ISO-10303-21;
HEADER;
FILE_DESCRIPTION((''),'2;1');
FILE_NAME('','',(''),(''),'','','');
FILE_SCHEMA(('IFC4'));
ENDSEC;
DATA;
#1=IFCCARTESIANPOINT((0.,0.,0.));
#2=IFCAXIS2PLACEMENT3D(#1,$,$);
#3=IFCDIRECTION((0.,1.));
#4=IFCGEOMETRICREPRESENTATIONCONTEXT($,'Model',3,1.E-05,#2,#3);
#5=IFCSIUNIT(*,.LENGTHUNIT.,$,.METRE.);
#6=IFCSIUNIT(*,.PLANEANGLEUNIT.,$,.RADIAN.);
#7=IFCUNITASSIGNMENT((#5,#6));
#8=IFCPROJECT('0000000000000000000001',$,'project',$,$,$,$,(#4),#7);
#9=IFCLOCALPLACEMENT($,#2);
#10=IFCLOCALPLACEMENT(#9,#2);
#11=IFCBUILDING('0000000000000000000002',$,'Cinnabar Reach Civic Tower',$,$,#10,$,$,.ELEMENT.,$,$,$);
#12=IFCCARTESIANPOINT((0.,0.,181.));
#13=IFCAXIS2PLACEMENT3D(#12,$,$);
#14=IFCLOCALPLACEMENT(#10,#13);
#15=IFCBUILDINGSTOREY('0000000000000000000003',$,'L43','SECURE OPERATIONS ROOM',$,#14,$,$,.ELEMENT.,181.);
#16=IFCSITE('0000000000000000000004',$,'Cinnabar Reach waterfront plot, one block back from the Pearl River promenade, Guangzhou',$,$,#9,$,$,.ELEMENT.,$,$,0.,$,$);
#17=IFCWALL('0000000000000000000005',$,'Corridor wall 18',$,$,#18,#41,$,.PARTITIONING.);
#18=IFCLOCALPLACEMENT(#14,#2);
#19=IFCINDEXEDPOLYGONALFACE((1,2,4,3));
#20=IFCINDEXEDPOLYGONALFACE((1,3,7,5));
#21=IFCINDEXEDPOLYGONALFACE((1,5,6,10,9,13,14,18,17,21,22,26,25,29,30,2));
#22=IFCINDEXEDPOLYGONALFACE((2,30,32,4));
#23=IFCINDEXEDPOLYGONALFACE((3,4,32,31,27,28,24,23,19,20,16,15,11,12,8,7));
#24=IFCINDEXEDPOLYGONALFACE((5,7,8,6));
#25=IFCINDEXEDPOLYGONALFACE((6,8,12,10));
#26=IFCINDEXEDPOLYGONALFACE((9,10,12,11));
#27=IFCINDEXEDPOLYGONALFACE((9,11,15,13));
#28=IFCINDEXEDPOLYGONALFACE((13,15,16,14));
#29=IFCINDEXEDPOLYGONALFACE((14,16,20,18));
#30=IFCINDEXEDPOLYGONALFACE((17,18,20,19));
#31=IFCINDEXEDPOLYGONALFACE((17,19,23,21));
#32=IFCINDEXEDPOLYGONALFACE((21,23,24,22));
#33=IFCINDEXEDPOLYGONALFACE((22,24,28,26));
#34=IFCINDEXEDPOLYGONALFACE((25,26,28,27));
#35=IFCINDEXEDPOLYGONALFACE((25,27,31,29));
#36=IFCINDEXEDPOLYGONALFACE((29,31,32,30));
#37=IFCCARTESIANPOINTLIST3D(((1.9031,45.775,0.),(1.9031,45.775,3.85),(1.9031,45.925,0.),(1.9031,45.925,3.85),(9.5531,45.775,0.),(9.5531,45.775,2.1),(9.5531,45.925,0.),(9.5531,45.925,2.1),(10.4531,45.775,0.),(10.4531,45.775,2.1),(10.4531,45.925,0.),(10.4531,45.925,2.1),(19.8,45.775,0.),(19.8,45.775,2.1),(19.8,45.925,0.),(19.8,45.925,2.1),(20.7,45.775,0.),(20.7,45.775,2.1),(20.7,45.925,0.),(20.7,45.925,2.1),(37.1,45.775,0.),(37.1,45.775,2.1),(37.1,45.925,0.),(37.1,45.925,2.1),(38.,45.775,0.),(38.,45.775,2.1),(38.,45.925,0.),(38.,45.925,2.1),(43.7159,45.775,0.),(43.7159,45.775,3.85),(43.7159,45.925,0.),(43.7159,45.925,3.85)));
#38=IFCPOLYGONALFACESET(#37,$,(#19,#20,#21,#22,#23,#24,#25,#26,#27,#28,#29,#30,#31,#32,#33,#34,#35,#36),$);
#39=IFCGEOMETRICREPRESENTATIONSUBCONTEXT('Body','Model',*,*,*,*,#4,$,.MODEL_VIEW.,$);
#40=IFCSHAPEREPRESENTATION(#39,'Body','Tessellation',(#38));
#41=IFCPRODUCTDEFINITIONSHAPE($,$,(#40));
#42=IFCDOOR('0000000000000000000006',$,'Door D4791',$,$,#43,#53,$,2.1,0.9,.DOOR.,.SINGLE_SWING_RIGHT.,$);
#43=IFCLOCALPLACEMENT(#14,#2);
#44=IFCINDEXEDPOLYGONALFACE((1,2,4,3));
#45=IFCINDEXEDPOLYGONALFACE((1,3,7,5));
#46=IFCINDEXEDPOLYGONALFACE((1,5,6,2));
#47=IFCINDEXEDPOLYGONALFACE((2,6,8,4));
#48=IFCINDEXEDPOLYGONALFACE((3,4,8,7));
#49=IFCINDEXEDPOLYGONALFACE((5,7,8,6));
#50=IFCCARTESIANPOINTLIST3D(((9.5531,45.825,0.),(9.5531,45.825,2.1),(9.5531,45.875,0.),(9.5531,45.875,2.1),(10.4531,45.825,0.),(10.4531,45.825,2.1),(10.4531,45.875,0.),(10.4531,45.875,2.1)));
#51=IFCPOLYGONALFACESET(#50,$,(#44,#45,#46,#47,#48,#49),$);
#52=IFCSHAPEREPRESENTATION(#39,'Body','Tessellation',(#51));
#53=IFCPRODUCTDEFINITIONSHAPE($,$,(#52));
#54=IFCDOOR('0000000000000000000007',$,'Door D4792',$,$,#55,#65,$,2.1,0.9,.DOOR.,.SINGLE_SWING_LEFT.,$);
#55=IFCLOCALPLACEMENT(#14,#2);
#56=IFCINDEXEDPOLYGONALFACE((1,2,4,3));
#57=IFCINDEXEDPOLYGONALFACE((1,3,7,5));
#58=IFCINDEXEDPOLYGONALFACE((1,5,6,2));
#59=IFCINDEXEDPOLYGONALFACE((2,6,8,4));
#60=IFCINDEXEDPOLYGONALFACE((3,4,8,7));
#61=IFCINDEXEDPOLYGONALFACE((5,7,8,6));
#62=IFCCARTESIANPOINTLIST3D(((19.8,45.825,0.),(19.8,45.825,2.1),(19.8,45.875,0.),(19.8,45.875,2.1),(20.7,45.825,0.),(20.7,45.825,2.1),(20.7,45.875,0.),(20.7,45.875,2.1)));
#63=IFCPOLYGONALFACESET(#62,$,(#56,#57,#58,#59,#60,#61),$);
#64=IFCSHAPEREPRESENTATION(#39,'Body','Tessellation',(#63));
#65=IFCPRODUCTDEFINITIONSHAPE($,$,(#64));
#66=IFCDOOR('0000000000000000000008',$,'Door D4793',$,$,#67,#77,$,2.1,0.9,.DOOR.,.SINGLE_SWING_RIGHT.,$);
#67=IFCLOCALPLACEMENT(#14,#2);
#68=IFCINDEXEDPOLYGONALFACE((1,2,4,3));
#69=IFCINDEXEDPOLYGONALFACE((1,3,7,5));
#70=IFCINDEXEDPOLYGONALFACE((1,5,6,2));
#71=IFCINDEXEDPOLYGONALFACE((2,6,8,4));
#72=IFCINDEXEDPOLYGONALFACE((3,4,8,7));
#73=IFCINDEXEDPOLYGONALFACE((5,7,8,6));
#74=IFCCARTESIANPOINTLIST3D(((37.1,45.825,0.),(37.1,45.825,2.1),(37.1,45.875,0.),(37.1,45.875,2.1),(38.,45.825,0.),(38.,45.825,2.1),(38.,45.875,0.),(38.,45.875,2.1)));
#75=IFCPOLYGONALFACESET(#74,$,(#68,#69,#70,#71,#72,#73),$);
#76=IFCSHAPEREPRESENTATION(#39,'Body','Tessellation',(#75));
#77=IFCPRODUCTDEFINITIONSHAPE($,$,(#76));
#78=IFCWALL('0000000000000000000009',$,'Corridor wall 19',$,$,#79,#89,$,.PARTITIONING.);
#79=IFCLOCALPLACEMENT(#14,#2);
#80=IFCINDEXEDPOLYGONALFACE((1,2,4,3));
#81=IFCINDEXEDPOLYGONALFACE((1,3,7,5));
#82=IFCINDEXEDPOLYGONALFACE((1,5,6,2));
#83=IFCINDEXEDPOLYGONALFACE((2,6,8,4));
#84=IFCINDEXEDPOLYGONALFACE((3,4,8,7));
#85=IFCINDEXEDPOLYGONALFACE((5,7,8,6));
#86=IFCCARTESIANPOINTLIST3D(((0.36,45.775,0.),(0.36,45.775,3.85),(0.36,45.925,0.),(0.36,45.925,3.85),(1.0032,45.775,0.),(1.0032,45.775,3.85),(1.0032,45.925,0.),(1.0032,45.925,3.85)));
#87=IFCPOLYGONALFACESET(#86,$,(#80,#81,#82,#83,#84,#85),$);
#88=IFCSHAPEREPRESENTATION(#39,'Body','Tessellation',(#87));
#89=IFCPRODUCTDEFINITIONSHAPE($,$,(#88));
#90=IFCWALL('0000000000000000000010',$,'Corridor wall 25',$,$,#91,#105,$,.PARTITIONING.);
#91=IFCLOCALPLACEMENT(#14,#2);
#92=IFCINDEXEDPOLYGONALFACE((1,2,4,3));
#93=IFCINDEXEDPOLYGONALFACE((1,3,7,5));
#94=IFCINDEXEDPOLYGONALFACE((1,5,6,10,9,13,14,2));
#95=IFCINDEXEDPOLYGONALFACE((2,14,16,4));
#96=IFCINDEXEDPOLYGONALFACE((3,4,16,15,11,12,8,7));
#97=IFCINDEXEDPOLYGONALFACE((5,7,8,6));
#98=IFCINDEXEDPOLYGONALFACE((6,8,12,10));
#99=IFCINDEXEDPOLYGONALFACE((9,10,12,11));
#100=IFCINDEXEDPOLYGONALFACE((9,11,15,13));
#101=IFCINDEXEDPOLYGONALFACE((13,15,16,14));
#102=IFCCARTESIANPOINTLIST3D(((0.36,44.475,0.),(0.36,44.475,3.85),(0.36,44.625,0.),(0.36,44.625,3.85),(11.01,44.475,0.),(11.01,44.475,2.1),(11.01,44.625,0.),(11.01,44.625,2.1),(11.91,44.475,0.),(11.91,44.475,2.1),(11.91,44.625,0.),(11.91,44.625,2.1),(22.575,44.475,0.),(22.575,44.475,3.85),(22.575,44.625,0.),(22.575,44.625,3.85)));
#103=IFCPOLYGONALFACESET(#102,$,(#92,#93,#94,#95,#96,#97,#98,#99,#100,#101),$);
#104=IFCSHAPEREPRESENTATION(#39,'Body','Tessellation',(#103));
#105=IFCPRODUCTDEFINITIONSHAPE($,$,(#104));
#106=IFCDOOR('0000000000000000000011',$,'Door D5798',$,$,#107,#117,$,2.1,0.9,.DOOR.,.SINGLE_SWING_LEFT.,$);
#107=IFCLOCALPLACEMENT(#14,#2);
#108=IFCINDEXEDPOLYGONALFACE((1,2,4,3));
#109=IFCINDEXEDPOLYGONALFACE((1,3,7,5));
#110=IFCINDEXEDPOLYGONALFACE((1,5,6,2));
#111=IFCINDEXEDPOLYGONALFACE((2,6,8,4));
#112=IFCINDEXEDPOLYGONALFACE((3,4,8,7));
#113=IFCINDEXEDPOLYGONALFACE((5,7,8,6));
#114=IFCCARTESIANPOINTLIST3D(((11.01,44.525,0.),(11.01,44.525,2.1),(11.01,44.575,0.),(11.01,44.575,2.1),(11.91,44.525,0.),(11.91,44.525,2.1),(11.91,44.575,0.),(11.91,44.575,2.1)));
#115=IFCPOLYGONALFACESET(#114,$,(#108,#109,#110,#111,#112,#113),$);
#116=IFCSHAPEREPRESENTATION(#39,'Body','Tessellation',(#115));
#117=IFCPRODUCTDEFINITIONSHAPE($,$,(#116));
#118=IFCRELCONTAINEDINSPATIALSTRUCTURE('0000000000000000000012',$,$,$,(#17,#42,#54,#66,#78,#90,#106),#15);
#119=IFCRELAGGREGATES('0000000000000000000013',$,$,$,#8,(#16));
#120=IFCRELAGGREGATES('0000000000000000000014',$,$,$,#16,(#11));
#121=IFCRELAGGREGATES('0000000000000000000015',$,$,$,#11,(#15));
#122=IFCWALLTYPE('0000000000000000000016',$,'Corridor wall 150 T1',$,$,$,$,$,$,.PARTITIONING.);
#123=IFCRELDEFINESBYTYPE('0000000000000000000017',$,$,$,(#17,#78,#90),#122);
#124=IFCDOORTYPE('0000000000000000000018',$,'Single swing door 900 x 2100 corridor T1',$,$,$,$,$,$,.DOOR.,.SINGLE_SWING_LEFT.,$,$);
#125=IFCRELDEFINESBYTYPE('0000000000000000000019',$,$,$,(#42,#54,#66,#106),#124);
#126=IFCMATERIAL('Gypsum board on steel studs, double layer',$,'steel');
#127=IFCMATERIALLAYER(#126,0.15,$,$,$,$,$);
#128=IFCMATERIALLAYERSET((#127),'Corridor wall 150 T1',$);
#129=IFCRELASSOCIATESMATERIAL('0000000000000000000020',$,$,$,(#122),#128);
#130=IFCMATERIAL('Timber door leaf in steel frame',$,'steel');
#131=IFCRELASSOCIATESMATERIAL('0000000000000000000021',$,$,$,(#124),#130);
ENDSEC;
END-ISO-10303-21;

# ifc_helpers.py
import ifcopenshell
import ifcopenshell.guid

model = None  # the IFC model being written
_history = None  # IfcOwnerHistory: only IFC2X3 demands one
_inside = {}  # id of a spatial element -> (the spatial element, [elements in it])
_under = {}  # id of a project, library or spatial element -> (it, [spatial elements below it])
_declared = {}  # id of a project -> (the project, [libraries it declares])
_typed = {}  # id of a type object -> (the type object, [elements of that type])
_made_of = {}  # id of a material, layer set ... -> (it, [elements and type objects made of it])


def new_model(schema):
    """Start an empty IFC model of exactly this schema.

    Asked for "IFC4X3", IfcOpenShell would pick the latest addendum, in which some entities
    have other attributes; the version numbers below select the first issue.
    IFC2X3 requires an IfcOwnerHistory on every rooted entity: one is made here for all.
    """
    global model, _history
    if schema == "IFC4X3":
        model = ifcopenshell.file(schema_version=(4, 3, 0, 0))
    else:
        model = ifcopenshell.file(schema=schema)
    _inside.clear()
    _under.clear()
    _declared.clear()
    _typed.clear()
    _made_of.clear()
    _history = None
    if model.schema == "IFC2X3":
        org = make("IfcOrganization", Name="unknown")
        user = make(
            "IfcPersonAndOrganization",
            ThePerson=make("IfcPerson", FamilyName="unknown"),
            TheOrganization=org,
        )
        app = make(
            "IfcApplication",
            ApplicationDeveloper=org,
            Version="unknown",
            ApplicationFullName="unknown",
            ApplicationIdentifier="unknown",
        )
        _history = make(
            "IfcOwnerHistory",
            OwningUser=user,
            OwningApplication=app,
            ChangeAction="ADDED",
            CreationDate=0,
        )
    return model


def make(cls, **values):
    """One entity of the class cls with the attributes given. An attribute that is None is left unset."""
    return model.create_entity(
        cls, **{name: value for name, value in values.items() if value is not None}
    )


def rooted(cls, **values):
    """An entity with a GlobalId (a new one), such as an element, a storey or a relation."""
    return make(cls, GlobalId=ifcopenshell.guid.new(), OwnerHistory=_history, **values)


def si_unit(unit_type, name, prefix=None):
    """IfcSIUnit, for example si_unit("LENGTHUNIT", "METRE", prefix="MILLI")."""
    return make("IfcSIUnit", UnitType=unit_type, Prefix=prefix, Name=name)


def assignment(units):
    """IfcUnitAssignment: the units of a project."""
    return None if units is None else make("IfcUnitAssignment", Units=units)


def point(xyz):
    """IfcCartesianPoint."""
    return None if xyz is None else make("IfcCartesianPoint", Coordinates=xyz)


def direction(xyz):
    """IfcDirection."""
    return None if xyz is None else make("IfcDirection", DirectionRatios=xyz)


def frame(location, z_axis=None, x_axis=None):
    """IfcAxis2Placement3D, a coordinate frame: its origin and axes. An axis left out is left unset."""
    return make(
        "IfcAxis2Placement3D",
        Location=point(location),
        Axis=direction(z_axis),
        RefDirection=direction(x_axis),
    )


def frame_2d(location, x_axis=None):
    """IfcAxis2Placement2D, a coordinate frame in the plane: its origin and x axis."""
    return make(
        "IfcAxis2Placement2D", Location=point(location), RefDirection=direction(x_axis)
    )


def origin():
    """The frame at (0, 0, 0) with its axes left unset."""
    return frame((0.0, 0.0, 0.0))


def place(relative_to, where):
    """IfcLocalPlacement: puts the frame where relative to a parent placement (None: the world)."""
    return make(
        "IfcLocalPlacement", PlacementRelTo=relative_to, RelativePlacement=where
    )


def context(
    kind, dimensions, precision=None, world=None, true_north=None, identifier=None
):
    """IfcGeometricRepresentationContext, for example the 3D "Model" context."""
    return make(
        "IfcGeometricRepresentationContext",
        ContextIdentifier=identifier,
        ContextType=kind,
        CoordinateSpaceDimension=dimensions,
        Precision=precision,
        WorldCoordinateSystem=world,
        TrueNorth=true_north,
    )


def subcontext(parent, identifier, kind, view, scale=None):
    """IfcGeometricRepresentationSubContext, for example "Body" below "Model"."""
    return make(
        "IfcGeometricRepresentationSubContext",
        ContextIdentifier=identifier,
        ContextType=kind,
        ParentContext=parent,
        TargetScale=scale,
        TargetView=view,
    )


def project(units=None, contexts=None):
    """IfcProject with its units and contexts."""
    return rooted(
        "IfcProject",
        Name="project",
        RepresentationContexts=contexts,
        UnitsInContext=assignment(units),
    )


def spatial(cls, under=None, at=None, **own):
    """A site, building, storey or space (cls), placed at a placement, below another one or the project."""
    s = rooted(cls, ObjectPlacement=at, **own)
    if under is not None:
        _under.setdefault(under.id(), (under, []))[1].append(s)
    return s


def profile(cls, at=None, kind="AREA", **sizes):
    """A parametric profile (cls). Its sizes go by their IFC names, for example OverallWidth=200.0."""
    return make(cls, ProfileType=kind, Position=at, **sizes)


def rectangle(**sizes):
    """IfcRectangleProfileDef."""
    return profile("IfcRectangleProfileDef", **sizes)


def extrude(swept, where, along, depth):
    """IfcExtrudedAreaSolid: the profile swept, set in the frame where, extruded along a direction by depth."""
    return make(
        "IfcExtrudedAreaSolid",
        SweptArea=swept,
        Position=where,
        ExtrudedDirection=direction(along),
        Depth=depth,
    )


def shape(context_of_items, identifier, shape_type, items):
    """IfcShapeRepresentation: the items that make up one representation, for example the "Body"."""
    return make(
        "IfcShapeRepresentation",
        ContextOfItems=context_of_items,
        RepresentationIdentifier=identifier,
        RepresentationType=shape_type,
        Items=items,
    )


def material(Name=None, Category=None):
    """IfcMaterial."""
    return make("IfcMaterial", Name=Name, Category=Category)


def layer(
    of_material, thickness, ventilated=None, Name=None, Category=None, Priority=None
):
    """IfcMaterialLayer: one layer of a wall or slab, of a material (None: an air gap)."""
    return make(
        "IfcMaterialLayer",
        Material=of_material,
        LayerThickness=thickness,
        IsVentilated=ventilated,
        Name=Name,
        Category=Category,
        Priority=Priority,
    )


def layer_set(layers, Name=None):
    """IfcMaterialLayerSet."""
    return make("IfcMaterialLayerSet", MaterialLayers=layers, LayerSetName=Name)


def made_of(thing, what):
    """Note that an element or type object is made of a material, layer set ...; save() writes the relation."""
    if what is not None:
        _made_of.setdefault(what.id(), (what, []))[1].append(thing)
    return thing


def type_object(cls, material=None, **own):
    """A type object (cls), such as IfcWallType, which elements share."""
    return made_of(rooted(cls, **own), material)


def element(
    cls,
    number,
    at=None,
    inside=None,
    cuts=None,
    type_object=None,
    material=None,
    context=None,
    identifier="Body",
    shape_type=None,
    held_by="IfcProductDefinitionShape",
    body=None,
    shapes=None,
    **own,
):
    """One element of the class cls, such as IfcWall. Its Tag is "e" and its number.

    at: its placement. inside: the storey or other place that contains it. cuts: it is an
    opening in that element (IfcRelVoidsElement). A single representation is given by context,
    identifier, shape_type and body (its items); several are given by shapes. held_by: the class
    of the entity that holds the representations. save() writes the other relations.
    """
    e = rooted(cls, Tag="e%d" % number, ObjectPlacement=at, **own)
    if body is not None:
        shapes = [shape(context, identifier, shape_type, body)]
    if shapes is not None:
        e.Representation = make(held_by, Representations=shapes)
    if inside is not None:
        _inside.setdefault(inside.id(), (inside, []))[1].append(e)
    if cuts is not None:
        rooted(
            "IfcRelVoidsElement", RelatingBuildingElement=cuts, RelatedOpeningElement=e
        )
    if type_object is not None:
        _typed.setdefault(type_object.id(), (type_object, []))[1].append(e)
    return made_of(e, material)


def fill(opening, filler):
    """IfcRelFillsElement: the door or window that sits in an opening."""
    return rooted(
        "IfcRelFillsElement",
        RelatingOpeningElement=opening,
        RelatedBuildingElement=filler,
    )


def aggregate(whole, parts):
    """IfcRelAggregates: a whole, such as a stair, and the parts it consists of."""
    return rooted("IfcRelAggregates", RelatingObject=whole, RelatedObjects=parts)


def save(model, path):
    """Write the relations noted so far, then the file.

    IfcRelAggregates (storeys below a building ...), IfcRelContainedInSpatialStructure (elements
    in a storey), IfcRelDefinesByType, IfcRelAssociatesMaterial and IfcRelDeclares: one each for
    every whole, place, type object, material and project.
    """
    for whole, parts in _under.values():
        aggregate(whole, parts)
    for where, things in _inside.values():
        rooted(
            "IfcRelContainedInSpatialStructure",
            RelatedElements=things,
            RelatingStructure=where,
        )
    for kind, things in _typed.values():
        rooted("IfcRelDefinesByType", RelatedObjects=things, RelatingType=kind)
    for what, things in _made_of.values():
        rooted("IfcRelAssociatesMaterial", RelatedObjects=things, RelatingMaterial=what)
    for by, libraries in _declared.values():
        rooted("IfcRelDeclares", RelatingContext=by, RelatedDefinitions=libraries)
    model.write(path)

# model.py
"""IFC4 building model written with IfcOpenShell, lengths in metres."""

from ifc_helpers import new_model, si_unit, direction, frame, frame_2d, origin, place, context, subcontext, project, spatial, rectangle, extrude, material, layer, layer_set, type_object, element, fill, save


model = new_model("IFC4")

# Units and contexts
model_context = context("Model", 3, precision=1e-05, world=origin(), true_north=direction((0.0, 1.0)))
body_context = subcontext(model_context, "Body", "Model", "MODEL_VIEW")
ifc_project = project(units=[si_unit("LENGTHUNIT", "METRE"), si_unit("PLANEANGLEUNIT", "RADIAN")], contexts=[model_context])

# Site, building, storey
site_placement = place(None, origin())
site = spatial("IfcSite", under=ifc_project, at=site_placement, Name="Cinnabar Reach waterfront plot, one block back from the Pearl River promenade, Guangzhou", CompositionType="ELEMENT", RefElevation=0.0)
building_placement = place(site_placement, origin())
building = spatial("IfcBuilding", under=site, at=building_placement, Name="Cinnabar Reach Civic Tower", CompositionType="ELEMENT")
storey_placement = place(building_placement, frame((0.0, 0.0, 181.0)))
storey = spatial("IfcBuildingStorey", under=building, at=storey_placement, Name="L43", Description="SECURE OPERATIONS ROOM", CompositionType="ELEMENT", Elevation=181.0)

# Wall, openings, doors
ifc_material_1 = material(Name="Gypsum board on steel studs, double layer", Category="steel")
ifc_layer_1 = layer(ifc_material_1, 0.15)
ifc_layer_set_1 = layer_set([ifc_layer_1], Name="Corridor wall 150 T1")
wall_type_1 = type_object("IfcWallType", Name="Corridor wall 150 T1", PredefinedType="PARTITIONING", material=ifc_layer_set_1)
wall_1_placement = place(storey_placement, frame((1.9031, 45.85, 0.0), z_axis=(0.0, 0.0, 1.0), x_axis=(1.0, 0.0, 0.0)))
wall_1 = element("IfcWall", 1, at=wall_1_placement, inside=storey, type_object=wall_type_1, Name="Corridor wall 18", PredefinedType="PARTITIONING", context=body_context, shape_type="SweptSolid", body=[
    extrude(rectangle(XDim=41.8128, YDim=0.15, at=frame_2d((20.9064, 0.0))), origin(), (0.0, 0.0, 1.0), 3.85),
])
opening_1_placement = place(wall_1_placement, frame((7.65, 0.0, 0.0)))
opening_1 = element("IfcOpeningElement", 2, at=opening_1_placement, cuts=wall_1, PredefinedType="OPENING", context=body_context, shape_type="SweptSolid", body=[
    extrude(rectangle(XDim=0.9, YDim=2.1, at=frame_2d((0.45, 1.05))), frame((0.0, 0.085, 0.0), z_axis=(0.0, -1.0, 0.0), x_axis=(1.0, 0.0, 0.0)), (0.0, 0.0, 1.0), 0.17),
])
opening_2_placement = place(wall_1_placement, frame((17.8969, 0.0, 0.0)))
opening_2 = element("IfcOpeningElement", 3, at=opening_2_placement, cuts=wall_1, PredefinedType="OPENING", context=body_context, shape_type="SweptSolid", body=[
    extrude(rectangle(XDim=0.9, YDim=2.1, at=frame_2d((0.45, 1.05))), frame((0.0, 0.085, 0.0), z_axis=(0.0, -1.0, 0.0), x_axis=(1.0, 0.0, 0.0)), (0.0, 0.0, 1.0), 0.17),
])
opening_3_placement = place(wall_1_placement, frame((35.1969, 0.0, 0.0)))
opening_3 = element("IfcOpeningElement", 4, at=opening_3_placement, cuts=wall_1, PredefinedType="OPENING", context=body_context, shape_type="SweptSolid", body=[
    extrude(rectangle(XDim=0.9, YDim=2.1, at=frame_2d((0.45, 1.05))), frame((0.0, 0.085, 0.0), z_axis=(0.0, -1.0, 0.0), x_axis=(1.0, 0.0, 0.0)), (0.0, 0.0, 1.0), 0.17),
])
ifc_material_2 = material(Name="Timber door leaf in steel frame", Category="steel")
door_type = type_object("IfcDoorType", Name="Single swing door 900 x 2100 corridor T1", OperationType="SINGLE_SWING_LEFT", PredefinedType="DOOR", material=ifc_material_2)
door_1_placement = place(opening_1_placement, origin())
door_1 = element("IfcDoor", 5, at=door_1_placement, inside=storey, type_object=door_type, Name="Door D4791", OperationType="SINGLE_SWING_RIGHT", OverallHeight=2.1, OverallWidth=0.9, PredefinedType="DOOR", context=body_context, shape_type="SweptSolid", body=[
    extrude(rectangle(XDim=0.9, YDim=2.1, at=frame_2d((0.45, 1.05))), frame((0.0, 0.025, 0.0), z_axis=(0.0, -1.0, 0.0), x_axis=(1.0, 0.0, 0.0)), (0.0, 0.0, 1.0), 0.05),
])
fill(opening_1, door_1)
door_2_placement = place(opening_2_placement, origin())
door_2 = element("IfcDoor", 6, at=door_2_placement, inside=storey, type_object=door_type, Name="Door D4792", OperationType="SINGLE_SWING_LEFT", OverallHeight=2.1, OverallWidth=0.9, PredefinedType="DOOR", context=body_context, shape_type="SweptSolid", body=[
    extrude(rectangle(XDim=0.9, YDim=2.1, at=frame_2d((0.45, 1.05))), frame((0.0, 0.025, 0.0), z_axis=(0.0, -1.0, 0.0), x_axis=(1.0, 0.0, 0.0)), (0.0, 0.0, 1.0), 0.05),
])
fill(opening_2, door_2)
door_3_placement = place(opening_3_placement, origin())
door_3 = element("IfcDoor", 7, at=door_3_placement, inside=storey, type_object=door_type, Name="Door D4793", OperationType="SINGLE_SWING_RIGHT", OverallHeight=2.1, OverallWidth=0.9, PredefinedType="DOOR", context=body_context, shape_type="SweptSolid", body=[
    extrude(rectangle(XDim=0.9, YDim=2.1, at=frame_2d((0.45, 1.05))), frame((0.0, 0.025, 0.0), z_axis=(0.0, -1.0, 0.0), x_axis=(1.0, 0.0, 0.0)), (0.0, 0.0, 1.0), 0.05),
])
fill(opening_3, door_3)

# Wall
wall_2_placement = place(storey_placement, frame((0.36, 45.85, 0.0), z_axis=(0.0, 0.0, 1.0), x_axis=(1.0, 0.0, 0.0)))
element("IfcWall", 8, at=wall_2_placement, inside=storey, type_object=wall_type_1, Name="Corridor wall 19", PredefinedType="PARTITIONING", context=body_context, shape_type="SweptSolid", body=[
    extrude(rectangle(XDim=0.6431, YDim=0.15, at=frame_2d((0.3216, 0.0))), origin(), (0.0, 0.0, 1.0), 3.85),
])

# Wall, opening, door
wall_3_placement = place(storey_placement, frame((0.36, 44.55, 0.0), z_axis=(0.0, 0.0, 1.0), x_axis=(1.0, 0.0, 0.0)))
wall_3 = element("IfcWall", 9, at=wall_3_placement, inside=storey, type_object=wall_type_1, Name="Corridor wall 25", PredefinedType="PARTITIONING", context=body_context, shape_type="SweptSolid", body=[
    extrude(rectangle(XDim=22.215, YDim=0.15, at=frame_2d((11.1075, 0.0))), origin(), (0.0, 0.0, 1.0), 3.85),
])
opening_4_placement = place(wall_3_placement, frame((10.65, 0.0, 0.0)))
opening_4 = element("IfcOpeningElement", 10, at=opening_4_placement, cuts=wall_3, PredefinedType="OPENING", context=body_context, shape_type="SweptSolid", body=[
    extrude(rectangle(XDim=0.9, YDim=2.1, at=frame_2d((0.45, 1.05))), frame((0.0, 0.085, 0.0), z_axis=(0.0, -1.0, 0.0), x_axis=(1.0, 0.0, 0.0)), (0.0, 0.0, 1.0), 0.17),
])
door_4_placement = place(opening_4_placement, frame((0.9, 0.0, 0.0), z_axis=(0.0, 0.0, 1.0), x_axis=(-1.0, 0.0, 0.0)))
door_4 = element("IfcDoor", 11, at=door_4_placement, inside=storey, type_object=door_type, Name="Door D5798", OperationType="SINGLE_SWING_LEFT", OverallHeight=2.1, OverallWidth=0.9, PredefinedType="DOOR", context=body_context, shape_type="SweptSolid", body=[
    extrude(rectangle(XDim=0.9, YDim=2.1, at=frame_2d((0.45, 1.05))), frame((0.0, 0.025, 0.0), z_axis=(0.0, -1.0, 0.0), x_axis=(1.0, 0.0, 0.0)), (0.0, 0.0, 1.0), 0.05),
])
fill(opening_4, door_4)

save(model, "model.ifc")
